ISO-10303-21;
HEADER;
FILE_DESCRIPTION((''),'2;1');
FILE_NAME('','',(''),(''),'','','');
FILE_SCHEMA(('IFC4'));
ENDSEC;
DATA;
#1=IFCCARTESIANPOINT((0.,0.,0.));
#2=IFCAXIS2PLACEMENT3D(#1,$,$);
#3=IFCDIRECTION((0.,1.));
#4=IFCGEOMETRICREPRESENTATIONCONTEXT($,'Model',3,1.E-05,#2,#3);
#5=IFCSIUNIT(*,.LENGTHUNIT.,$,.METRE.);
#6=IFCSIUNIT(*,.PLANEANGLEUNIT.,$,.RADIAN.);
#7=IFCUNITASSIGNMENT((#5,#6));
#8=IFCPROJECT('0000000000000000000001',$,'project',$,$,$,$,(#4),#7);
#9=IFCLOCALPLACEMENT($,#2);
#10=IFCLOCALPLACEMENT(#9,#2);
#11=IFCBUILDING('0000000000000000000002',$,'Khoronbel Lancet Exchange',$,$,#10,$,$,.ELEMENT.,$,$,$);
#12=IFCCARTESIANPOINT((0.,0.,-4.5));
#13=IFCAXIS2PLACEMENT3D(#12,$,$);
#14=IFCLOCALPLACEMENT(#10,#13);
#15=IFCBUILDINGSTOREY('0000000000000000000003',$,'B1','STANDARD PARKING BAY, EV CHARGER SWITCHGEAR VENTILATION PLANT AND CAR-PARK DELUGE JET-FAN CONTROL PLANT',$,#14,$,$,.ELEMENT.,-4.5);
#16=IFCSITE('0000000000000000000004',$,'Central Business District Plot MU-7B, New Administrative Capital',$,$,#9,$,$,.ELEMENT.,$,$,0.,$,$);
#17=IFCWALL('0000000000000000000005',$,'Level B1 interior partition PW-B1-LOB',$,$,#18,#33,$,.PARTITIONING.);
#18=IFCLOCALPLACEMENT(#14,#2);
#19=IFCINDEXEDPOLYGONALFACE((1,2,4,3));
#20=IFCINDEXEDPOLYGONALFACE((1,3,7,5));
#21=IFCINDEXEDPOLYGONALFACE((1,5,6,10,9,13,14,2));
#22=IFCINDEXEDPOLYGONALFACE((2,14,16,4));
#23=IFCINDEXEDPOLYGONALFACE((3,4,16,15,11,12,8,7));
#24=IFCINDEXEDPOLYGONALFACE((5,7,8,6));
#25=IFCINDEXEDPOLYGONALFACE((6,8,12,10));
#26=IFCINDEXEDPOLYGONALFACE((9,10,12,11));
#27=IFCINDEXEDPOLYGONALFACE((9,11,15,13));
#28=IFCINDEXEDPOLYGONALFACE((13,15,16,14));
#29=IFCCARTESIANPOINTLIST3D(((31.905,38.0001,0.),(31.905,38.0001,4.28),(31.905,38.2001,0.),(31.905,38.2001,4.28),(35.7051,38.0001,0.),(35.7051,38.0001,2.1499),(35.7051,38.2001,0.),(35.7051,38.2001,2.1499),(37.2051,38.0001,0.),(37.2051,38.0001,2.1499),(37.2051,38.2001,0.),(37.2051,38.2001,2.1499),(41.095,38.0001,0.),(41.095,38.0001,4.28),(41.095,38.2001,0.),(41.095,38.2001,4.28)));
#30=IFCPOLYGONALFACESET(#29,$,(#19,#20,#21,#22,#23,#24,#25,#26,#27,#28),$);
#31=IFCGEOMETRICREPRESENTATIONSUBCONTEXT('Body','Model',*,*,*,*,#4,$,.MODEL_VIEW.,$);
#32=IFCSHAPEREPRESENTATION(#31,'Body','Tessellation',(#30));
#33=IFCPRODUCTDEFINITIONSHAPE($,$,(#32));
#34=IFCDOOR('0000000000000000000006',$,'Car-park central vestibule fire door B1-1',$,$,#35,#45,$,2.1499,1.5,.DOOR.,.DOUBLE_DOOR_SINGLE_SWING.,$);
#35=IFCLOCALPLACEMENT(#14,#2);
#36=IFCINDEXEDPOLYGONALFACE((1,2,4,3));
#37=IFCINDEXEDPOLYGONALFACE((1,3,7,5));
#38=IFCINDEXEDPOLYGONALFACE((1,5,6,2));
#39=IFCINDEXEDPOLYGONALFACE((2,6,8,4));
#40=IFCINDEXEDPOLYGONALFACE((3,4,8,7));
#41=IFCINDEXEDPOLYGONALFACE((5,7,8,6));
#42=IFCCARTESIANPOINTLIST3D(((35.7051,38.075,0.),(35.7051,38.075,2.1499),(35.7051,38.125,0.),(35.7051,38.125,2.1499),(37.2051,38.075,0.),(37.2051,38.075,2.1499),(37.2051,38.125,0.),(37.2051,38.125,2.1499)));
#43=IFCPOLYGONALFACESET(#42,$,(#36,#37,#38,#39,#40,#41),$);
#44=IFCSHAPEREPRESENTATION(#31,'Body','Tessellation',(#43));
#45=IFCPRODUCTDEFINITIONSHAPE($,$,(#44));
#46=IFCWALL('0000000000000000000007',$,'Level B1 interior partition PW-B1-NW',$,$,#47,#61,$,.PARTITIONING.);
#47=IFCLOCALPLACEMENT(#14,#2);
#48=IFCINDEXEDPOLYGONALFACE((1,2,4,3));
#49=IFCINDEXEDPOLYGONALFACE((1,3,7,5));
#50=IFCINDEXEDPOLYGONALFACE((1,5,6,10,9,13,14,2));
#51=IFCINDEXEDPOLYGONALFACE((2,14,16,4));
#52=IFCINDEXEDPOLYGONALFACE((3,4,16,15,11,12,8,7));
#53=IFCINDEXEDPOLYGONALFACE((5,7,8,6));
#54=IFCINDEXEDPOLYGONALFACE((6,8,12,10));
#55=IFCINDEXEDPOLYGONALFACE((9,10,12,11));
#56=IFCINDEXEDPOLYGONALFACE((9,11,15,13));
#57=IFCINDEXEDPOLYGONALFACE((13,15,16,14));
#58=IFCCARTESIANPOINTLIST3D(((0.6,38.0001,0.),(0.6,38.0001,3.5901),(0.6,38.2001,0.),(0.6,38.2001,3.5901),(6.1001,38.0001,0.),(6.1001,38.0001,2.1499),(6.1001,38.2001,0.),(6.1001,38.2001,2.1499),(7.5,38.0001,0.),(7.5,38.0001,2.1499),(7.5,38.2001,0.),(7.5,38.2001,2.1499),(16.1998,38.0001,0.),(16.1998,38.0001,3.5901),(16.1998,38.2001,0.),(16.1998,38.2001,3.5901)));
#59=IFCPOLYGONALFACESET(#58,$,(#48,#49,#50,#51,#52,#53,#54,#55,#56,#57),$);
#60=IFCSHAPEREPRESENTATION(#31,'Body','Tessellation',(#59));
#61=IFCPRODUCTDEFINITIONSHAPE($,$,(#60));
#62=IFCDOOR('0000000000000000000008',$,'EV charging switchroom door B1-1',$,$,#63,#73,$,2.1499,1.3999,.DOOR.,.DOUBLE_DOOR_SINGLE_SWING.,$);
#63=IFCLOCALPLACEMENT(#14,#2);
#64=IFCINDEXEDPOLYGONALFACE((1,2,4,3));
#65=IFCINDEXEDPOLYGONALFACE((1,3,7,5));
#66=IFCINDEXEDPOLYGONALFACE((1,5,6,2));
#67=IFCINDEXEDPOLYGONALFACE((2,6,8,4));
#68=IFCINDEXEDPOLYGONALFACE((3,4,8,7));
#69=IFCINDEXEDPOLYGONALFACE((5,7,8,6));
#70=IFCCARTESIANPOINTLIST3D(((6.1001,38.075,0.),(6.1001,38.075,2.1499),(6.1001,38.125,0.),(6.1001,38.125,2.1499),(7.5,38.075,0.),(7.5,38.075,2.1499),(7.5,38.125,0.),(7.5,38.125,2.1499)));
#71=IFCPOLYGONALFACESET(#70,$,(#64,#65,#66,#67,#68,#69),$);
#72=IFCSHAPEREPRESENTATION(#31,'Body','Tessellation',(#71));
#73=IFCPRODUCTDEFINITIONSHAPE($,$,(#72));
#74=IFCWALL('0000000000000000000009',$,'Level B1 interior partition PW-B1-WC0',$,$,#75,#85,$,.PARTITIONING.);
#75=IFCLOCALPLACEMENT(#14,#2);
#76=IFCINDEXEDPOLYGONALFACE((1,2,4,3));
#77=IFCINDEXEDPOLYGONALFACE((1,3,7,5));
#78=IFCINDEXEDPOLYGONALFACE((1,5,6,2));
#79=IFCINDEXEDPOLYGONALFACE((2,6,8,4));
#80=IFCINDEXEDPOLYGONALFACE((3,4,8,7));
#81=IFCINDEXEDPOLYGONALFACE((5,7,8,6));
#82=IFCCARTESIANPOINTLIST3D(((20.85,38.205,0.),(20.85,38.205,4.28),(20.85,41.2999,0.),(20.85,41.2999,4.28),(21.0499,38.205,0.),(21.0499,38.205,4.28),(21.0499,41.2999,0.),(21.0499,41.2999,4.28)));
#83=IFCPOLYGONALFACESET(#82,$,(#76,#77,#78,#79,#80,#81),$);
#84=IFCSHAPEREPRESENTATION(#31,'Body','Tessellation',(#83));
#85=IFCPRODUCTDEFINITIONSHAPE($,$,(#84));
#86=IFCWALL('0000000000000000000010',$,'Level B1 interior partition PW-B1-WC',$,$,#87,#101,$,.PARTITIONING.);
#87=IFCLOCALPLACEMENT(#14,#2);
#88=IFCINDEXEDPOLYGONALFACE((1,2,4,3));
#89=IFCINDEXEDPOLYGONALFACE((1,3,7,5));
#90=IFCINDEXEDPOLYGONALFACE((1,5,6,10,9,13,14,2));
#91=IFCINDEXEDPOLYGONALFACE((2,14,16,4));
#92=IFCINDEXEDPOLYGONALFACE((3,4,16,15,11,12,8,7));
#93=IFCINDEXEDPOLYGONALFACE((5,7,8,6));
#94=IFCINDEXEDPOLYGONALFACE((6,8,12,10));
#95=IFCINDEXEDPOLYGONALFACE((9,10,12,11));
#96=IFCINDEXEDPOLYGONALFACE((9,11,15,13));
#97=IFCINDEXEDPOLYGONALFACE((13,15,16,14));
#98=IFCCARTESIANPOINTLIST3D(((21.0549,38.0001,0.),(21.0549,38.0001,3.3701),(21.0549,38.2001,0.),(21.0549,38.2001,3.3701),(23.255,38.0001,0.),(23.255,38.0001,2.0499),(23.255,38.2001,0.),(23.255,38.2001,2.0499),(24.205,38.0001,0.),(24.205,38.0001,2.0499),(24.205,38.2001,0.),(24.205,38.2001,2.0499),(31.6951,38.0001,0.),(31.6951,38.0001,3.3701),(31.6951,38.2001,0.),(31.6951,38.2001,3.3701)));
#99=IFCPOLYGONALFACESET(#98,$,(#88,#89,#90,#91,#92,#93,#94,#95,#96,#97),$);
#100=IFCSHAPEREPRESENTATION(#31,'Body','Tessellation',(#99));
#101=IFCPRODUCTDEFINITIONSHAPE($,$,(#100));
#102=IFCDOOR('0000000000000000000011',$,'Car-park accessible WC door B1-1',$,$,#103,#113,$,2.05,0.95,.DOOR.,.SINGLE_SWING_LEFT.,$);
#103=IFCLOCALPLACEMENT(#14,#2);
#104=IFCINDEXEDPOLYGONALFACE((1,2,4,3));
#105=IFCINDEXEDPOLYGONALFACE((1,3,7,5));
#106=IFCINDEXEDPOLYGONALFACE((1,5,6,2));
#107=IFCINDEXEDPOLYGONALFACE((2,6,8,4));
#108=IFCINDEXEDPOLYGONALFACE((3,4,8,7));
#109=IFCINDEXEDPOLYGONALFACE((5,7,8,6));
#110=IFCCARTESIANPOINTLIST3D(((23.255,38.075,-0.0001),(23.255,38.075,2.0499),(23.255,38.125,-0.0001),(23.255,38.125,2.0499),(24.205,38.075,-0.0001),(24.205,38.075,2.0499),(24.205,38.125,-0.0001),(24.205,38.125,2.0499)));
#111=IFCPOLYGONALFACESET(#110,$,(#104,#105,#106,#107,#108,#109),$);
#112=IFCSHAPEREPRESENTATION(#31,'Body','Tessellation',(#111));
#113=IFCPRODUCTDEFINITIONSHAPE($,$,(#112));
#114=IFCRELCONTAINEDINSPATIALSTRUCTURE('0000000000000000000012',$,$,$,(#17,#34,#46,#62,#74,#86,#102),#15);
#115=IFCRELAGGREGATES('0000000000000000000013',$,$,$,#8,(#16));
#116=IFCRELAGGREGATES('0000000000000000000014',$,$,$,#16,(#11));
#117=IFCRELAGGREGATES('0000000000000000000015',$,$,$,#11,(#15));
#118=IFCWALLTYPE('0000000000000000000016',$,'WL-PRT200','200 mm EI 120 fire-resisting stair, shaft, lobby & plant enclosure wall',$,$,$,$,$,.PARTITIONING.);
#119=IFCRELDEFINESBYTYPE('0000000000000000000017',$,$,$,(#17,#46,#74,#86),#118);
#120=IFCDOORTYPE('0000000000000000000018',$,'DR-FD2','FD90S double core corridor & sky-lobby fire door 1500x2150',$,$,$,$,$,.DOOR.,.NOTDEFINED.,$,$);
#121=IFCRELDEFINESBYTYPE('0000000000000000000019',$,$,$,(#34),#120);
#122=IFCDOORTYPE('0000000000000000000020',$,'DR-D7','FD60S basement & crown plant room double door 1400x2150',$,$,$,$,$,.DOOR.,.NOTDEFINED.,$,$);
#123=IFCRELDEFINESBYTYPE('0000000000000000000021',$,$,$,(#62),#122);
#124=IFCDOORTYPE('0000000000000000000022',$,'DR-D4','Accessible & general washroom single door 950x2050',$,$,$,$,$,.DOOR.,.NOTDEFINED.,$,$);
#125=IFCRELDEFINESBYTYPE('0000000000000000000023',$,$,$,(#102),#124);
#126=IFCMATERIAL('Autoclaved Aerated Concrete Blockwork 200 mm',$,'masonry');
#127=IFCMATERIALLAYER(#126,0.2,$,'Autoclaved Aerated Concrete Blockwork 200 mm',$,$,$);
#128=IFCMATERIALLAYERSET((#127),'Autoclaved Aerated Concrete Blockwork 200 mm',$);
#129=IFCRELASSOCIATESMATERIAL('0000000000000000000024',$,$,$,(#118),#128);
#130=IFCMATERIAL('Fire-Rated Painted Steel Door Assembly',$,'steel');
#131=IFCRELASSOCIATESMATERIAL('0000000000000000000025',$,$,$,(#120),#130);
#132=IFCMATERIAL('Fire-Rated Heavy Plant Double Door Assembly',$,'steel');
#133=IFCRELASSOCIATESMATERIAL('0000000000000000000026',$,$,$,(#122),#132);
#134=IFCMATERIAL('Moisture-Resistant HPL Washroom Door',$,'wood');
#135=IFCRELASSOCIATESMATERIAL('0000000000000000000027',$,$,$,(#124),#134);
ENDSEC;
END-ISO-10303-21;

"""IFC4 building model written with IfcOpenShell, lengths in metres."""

from ifc_helpers import new_model, si_unit, direction, frame, frame_2d, origin, place, context, subcontext, project, spatial, rectangle, extrude, material, layer, layer_set, type_object, element, fill, save


model = new_model("IFC4")

# Units and contexts
model_context = context("Model", 3, precision=1e-05, world=origin(), true_north=direction((0.0, 1.0)))
body_context = subcontext(model_context, "Body", "Model", "MODEL_VIEW")
ifc_project = project(units=[si_unit("LENGTHUNIT", "METRE"), si_unit("PLANEANGLEUNIT", "RADIAN")], contexts=[model_context])

# Site, building, storey
site_placement = place(None, origin())
site = spatial("IfcSite", under=ifc_project, at=site_placement, Name="Central Business District Plot MU-7B, New Administrative Capital", CompositionType="ELEMENT", RefElevation=0.0)
building_placement = place(site_placement, origin())
building = spatial("IfcBuilding", under=site, at=building_placement, Name="Khoronbel Lancet Exchange", CompositionType="ELEMENT")
storey_placement = place(building_placement, frame((0.0, 0.0, -4.5)))
storey = spatial("IfcBuildingStorey", under=building, at=storey_placement, Name="B1", Description="STANDARD PARKING BAY, EV CHARGER SWITCHGEAR VENTILATION PLANT AND CAR-PARK DELUGE JET-FAN CONTROL PLANT", CompositionType="ELEMENT", Elevation=-4.5)

# Walls, openings, doors
ifc_material_1 = material(Name="Autoclaved Aerated Concrete Blockwork 200 mm", Category="masonry")
ifc_layer = layer(ifc_material_1, 0.2, Name="Autoclaved Aerated Concrete Blockwork 200 mm")
ifc_layer_set = layer_set([ifc_layer], Name="Autoclaved Aerated Concrete Blockwork 200 mm")
wall_type = type_object("IfcWallType", Name="WL-PRT200", Description="200 mm EI 120 fire-resisting stair, shaft, lobby & plant enclosure wall", PredefinedType="PARTITIONING", material=ifc_layer_set)
wall_1_placement = place(storey_placement, frame((31.905, 38.1001, 0.0), z_axis=(0.0, 0.0, 1.0), x_axis=(1.0, 0.0, 0.0)))
wall_1 = element("IfcWall", 1, at=wall_1_placement, inside=storey, type_object=wall_type, Name="Level B1 interior partition PW-B1-LOB", PredefinedType="PARTITIONING", context=body_context, shape_type="SweptSolid", body=[
    extrude(rectangle(XDim=9.1899, YDim=0.2, at=frame_2d((4.595, 0.0))), origin(), (0.0, 0.0, 1.0), 4.28),
])
opening_1_placement = place(wall_1_placement, frame((3.8, 0.0, 0.0)))
opening_1 = element("IfcOpeningElement", 2, at=opening_1_placement, cuts=wall_1, PredefinedType="OPENING", context=body_context, shape_type="SweptSolid", body=[
    extrude(rectangle(XDim=1.5, YDim=2.1499, at=frame_2d((0.75, 1.075))), frame((0.0, 0.1099, 0.0), z_axis=(0.0, -1.0, 0.0), x_axis=(1.0, 0.0, 0.0)), (0.0, 0.0, 1.0), 0.22),
])
ifc_material_2 = material(Name="Fire-Rated Painted Steel Door Assembly", Category="steel")
door_type_1 = type_object("IfcDoorType", Name="DR-FD2", Description="FD90S double core corridor & sky-lobby fire door 1500x2150", OperationType="NOTDEFINED", PredefinedType="DOOR", material=ifc_material_2)
door_1_placement = place(opening_1_placement, origin())
door_1 = element("IfcDoor", 3, at=door_1_placement, inside=storey, type_object=door_type_1, Name="Car-park central vestibule fire door B1-1", OperationType="DOUBLE_DOOR_SINGLE_SWING", OverallHeight=2.1499, OverallWidth=1.5, PredefinedType="DOOR", context=body_context, shape_type="SweptSolid", body=[
    extrude(rectangle(XDim=1.5, YDim=2.1499, at=frame_2d((0.75, 1.075))), frame((0.0, 0.0249, 0.0), z_axis=(0.0, -1.0, 0.0), x_axis=(1.0, 0.0, 0.0)), (0.0, 0.0, 1.0), 0.05),
])
fill(opening_1, door_1)
wall_2_placement = place(storey_placement, frame((0.6001, 38.1001, 0.0), z_axis=(0.0, 0.0, 1.0), x_axis=(1.0, 0.0, 0.0)))
wall_2 = element("IfcWall", 4, at=wall_2_placement, inside=storey, type_object=wall_type, Name="Level B1 interior partition PW-B1-NW", PredefinedType="PARTITIONING", context=body_context, shape_type="SweptSolid", body=[
    extrude(rectangle(XDim=15.5999, YDim=0.2, at=frame_2d((7.7998, 0.0))), origin(), (0.0, 0.0, 1.0), 3.5901),
])
opening_2_placement = place(wall_2_placement, frame((5.5, 0.0, 0.0)))
opening_2 = element("IfcOpeningElement", 5, at=opening_2_placement, cuts=wall_2, PredefinedType="OPENING", context=body_context, shape_type="SweptSolid", body=[
    extrude(rectangle(XDim=1.3999, YDim=2.1499, at=frame_2d((0.7, 1.075))), frame((0.0, 0.1099, 0.0), z_axis=(0.0, -1.0, 0.0), x_axis=(1.0, 0.0, 0.0)), (0.0, 0.0, 1.0), 0.22),
])
ifc_material_3 = material(Name="Fire-Rated Heavy Plant Double Door Assembly", Category="steel")
door_type_2 = type_object("IfcDoorType", Name="DR-D7", Description="FD60S basement & crown plant room double door 1400x2150", OperationType="NOTDEFINED", PredefinedType="DOOR", material=ifc_material_3)
door_2_placement = place(opening_2_placement, origin())
door_2 = element("IfcDoor", 6, at=door_2_placement, inside=storey, type_object=door_type_2, Name="EV charging switchroom door B1-1", OperationType="DOUBLE_DOOR_SINGLE_SWING", OverallHeight=2.1499, OverallWidth=1.3999, PredefinedType="DOOR", context=body_context, shape_type="SweptSolid", body=[
    extrude(rectangle(XDim=1.3999, YDim=2.1499, at=frame_2d((0.7, 1.075))), frame((0.0, 0.0249, 0.0), z_axis=(0.0, -1.0, 0.0), x_axis=(1.0, 0.0, 0.0)), (0.0, 0.0, 1.0), 0.05),
])
fill(opening_2, door_2)

# Wall
wall_3_placement = place(storey_placement, frame((20.95, 38.2051, 0.0), z_axis=(0.0, 0.0, 1.0), x_axis=(0.0, 1.0, 0.0)))
element("IfcWall", 7, at=wall_3_placement, inside=storey, type_object=wall_type, Name="Level B1 interior partition PW-B1-WC0", PredefinedType="PARTITIONING", context=body_context, shape_type="SweptSolid", body=[
    extrude(rectangle(XDim=3.095, YDim=0.2, at=frame_2d((1.5474, 0.0))), origin(), (0.0, 0.0, 1.0), 4.28),
])

# Wall, opening, door
wall_4_placement = place(storey_placement, frame((21.0549, 38.1001, 0.0), z_axis=(0.0, 0.0, 1.0), x_axis=(1.0, 0.0, 0.0)))
wall_4 = element("IfcWall", 8, at=wall_4_placement, inside=storey, type_object=wall_type, Name="Level B1 interior partition PW-B1-WC", PredefinedType="PARTITIONING", context=body_context, shape_type="SweptSolid", body=[
    extrude(rectangle(XDim=10.6401, YDim=0.2, at=frame_2d((5.3201, 0.0))), origin(), (0.0, 0.0, 1.0), 3.3701),
])
opening_3_placement = place(wall_4_placement, frame((2.2, 0.0, 0.0)))
opening_3 = element("IfcOpeningElement", 9, at=opening_3_placement, cuts=wall_4, PredefinedType="OPENING", context=body_context, shape_type="SweptSolid", body=[
    extrude(rectangle(XDim=0.95, YDim=2.05, at=frame_2d((0.4751, 1.0249))), frame((0.0, 0.1099, 0.0), z_axis=(0.0, -1.0, 0.0), x_axis=(1.0, 0.0, 0.0)), (0.0, 0.0, 1.0), 0.22),
])
ifc_material_4 = material(Name="Moisture-Resistant HPL Washroom Door", Category="wood")
door_type_3 = type_object("IfcDoorType", Name="DR-D4", Description="Accessible & general washroom single door 950x2050", OperationType="NOTDEFINED", PredefinedType="DOOR", material=ifc_material_4)
door_3_placement = place(opening_3_placement, origin())
door_3 = element("IfcDoor", 10, at=door_3_placement, inside=storey, type_object=door_type_3, Name="Car-park accessible WC door B1-1", OperationType="SINGLE_SWING_LEFT", OverallHeight=2.05, OverallWidth=0.95, PredefinedType="DOOR", context=body_context, shape_type="SweptSolid", body=[
    extrude(rectangle(XDim=0.95, YDim=2.05, at=frame_2d((0.4751, 1.0249))), frame((0.0, 0.0249, 0.0), z_axis=(0.0, -1.0, 0.0), x_axis=(1.0, 0.0, 0.0)), (0.0, 0.0, 1.0), 0.05),
])
fill(opening_3, door_3)

save(model, "model.ifc")
